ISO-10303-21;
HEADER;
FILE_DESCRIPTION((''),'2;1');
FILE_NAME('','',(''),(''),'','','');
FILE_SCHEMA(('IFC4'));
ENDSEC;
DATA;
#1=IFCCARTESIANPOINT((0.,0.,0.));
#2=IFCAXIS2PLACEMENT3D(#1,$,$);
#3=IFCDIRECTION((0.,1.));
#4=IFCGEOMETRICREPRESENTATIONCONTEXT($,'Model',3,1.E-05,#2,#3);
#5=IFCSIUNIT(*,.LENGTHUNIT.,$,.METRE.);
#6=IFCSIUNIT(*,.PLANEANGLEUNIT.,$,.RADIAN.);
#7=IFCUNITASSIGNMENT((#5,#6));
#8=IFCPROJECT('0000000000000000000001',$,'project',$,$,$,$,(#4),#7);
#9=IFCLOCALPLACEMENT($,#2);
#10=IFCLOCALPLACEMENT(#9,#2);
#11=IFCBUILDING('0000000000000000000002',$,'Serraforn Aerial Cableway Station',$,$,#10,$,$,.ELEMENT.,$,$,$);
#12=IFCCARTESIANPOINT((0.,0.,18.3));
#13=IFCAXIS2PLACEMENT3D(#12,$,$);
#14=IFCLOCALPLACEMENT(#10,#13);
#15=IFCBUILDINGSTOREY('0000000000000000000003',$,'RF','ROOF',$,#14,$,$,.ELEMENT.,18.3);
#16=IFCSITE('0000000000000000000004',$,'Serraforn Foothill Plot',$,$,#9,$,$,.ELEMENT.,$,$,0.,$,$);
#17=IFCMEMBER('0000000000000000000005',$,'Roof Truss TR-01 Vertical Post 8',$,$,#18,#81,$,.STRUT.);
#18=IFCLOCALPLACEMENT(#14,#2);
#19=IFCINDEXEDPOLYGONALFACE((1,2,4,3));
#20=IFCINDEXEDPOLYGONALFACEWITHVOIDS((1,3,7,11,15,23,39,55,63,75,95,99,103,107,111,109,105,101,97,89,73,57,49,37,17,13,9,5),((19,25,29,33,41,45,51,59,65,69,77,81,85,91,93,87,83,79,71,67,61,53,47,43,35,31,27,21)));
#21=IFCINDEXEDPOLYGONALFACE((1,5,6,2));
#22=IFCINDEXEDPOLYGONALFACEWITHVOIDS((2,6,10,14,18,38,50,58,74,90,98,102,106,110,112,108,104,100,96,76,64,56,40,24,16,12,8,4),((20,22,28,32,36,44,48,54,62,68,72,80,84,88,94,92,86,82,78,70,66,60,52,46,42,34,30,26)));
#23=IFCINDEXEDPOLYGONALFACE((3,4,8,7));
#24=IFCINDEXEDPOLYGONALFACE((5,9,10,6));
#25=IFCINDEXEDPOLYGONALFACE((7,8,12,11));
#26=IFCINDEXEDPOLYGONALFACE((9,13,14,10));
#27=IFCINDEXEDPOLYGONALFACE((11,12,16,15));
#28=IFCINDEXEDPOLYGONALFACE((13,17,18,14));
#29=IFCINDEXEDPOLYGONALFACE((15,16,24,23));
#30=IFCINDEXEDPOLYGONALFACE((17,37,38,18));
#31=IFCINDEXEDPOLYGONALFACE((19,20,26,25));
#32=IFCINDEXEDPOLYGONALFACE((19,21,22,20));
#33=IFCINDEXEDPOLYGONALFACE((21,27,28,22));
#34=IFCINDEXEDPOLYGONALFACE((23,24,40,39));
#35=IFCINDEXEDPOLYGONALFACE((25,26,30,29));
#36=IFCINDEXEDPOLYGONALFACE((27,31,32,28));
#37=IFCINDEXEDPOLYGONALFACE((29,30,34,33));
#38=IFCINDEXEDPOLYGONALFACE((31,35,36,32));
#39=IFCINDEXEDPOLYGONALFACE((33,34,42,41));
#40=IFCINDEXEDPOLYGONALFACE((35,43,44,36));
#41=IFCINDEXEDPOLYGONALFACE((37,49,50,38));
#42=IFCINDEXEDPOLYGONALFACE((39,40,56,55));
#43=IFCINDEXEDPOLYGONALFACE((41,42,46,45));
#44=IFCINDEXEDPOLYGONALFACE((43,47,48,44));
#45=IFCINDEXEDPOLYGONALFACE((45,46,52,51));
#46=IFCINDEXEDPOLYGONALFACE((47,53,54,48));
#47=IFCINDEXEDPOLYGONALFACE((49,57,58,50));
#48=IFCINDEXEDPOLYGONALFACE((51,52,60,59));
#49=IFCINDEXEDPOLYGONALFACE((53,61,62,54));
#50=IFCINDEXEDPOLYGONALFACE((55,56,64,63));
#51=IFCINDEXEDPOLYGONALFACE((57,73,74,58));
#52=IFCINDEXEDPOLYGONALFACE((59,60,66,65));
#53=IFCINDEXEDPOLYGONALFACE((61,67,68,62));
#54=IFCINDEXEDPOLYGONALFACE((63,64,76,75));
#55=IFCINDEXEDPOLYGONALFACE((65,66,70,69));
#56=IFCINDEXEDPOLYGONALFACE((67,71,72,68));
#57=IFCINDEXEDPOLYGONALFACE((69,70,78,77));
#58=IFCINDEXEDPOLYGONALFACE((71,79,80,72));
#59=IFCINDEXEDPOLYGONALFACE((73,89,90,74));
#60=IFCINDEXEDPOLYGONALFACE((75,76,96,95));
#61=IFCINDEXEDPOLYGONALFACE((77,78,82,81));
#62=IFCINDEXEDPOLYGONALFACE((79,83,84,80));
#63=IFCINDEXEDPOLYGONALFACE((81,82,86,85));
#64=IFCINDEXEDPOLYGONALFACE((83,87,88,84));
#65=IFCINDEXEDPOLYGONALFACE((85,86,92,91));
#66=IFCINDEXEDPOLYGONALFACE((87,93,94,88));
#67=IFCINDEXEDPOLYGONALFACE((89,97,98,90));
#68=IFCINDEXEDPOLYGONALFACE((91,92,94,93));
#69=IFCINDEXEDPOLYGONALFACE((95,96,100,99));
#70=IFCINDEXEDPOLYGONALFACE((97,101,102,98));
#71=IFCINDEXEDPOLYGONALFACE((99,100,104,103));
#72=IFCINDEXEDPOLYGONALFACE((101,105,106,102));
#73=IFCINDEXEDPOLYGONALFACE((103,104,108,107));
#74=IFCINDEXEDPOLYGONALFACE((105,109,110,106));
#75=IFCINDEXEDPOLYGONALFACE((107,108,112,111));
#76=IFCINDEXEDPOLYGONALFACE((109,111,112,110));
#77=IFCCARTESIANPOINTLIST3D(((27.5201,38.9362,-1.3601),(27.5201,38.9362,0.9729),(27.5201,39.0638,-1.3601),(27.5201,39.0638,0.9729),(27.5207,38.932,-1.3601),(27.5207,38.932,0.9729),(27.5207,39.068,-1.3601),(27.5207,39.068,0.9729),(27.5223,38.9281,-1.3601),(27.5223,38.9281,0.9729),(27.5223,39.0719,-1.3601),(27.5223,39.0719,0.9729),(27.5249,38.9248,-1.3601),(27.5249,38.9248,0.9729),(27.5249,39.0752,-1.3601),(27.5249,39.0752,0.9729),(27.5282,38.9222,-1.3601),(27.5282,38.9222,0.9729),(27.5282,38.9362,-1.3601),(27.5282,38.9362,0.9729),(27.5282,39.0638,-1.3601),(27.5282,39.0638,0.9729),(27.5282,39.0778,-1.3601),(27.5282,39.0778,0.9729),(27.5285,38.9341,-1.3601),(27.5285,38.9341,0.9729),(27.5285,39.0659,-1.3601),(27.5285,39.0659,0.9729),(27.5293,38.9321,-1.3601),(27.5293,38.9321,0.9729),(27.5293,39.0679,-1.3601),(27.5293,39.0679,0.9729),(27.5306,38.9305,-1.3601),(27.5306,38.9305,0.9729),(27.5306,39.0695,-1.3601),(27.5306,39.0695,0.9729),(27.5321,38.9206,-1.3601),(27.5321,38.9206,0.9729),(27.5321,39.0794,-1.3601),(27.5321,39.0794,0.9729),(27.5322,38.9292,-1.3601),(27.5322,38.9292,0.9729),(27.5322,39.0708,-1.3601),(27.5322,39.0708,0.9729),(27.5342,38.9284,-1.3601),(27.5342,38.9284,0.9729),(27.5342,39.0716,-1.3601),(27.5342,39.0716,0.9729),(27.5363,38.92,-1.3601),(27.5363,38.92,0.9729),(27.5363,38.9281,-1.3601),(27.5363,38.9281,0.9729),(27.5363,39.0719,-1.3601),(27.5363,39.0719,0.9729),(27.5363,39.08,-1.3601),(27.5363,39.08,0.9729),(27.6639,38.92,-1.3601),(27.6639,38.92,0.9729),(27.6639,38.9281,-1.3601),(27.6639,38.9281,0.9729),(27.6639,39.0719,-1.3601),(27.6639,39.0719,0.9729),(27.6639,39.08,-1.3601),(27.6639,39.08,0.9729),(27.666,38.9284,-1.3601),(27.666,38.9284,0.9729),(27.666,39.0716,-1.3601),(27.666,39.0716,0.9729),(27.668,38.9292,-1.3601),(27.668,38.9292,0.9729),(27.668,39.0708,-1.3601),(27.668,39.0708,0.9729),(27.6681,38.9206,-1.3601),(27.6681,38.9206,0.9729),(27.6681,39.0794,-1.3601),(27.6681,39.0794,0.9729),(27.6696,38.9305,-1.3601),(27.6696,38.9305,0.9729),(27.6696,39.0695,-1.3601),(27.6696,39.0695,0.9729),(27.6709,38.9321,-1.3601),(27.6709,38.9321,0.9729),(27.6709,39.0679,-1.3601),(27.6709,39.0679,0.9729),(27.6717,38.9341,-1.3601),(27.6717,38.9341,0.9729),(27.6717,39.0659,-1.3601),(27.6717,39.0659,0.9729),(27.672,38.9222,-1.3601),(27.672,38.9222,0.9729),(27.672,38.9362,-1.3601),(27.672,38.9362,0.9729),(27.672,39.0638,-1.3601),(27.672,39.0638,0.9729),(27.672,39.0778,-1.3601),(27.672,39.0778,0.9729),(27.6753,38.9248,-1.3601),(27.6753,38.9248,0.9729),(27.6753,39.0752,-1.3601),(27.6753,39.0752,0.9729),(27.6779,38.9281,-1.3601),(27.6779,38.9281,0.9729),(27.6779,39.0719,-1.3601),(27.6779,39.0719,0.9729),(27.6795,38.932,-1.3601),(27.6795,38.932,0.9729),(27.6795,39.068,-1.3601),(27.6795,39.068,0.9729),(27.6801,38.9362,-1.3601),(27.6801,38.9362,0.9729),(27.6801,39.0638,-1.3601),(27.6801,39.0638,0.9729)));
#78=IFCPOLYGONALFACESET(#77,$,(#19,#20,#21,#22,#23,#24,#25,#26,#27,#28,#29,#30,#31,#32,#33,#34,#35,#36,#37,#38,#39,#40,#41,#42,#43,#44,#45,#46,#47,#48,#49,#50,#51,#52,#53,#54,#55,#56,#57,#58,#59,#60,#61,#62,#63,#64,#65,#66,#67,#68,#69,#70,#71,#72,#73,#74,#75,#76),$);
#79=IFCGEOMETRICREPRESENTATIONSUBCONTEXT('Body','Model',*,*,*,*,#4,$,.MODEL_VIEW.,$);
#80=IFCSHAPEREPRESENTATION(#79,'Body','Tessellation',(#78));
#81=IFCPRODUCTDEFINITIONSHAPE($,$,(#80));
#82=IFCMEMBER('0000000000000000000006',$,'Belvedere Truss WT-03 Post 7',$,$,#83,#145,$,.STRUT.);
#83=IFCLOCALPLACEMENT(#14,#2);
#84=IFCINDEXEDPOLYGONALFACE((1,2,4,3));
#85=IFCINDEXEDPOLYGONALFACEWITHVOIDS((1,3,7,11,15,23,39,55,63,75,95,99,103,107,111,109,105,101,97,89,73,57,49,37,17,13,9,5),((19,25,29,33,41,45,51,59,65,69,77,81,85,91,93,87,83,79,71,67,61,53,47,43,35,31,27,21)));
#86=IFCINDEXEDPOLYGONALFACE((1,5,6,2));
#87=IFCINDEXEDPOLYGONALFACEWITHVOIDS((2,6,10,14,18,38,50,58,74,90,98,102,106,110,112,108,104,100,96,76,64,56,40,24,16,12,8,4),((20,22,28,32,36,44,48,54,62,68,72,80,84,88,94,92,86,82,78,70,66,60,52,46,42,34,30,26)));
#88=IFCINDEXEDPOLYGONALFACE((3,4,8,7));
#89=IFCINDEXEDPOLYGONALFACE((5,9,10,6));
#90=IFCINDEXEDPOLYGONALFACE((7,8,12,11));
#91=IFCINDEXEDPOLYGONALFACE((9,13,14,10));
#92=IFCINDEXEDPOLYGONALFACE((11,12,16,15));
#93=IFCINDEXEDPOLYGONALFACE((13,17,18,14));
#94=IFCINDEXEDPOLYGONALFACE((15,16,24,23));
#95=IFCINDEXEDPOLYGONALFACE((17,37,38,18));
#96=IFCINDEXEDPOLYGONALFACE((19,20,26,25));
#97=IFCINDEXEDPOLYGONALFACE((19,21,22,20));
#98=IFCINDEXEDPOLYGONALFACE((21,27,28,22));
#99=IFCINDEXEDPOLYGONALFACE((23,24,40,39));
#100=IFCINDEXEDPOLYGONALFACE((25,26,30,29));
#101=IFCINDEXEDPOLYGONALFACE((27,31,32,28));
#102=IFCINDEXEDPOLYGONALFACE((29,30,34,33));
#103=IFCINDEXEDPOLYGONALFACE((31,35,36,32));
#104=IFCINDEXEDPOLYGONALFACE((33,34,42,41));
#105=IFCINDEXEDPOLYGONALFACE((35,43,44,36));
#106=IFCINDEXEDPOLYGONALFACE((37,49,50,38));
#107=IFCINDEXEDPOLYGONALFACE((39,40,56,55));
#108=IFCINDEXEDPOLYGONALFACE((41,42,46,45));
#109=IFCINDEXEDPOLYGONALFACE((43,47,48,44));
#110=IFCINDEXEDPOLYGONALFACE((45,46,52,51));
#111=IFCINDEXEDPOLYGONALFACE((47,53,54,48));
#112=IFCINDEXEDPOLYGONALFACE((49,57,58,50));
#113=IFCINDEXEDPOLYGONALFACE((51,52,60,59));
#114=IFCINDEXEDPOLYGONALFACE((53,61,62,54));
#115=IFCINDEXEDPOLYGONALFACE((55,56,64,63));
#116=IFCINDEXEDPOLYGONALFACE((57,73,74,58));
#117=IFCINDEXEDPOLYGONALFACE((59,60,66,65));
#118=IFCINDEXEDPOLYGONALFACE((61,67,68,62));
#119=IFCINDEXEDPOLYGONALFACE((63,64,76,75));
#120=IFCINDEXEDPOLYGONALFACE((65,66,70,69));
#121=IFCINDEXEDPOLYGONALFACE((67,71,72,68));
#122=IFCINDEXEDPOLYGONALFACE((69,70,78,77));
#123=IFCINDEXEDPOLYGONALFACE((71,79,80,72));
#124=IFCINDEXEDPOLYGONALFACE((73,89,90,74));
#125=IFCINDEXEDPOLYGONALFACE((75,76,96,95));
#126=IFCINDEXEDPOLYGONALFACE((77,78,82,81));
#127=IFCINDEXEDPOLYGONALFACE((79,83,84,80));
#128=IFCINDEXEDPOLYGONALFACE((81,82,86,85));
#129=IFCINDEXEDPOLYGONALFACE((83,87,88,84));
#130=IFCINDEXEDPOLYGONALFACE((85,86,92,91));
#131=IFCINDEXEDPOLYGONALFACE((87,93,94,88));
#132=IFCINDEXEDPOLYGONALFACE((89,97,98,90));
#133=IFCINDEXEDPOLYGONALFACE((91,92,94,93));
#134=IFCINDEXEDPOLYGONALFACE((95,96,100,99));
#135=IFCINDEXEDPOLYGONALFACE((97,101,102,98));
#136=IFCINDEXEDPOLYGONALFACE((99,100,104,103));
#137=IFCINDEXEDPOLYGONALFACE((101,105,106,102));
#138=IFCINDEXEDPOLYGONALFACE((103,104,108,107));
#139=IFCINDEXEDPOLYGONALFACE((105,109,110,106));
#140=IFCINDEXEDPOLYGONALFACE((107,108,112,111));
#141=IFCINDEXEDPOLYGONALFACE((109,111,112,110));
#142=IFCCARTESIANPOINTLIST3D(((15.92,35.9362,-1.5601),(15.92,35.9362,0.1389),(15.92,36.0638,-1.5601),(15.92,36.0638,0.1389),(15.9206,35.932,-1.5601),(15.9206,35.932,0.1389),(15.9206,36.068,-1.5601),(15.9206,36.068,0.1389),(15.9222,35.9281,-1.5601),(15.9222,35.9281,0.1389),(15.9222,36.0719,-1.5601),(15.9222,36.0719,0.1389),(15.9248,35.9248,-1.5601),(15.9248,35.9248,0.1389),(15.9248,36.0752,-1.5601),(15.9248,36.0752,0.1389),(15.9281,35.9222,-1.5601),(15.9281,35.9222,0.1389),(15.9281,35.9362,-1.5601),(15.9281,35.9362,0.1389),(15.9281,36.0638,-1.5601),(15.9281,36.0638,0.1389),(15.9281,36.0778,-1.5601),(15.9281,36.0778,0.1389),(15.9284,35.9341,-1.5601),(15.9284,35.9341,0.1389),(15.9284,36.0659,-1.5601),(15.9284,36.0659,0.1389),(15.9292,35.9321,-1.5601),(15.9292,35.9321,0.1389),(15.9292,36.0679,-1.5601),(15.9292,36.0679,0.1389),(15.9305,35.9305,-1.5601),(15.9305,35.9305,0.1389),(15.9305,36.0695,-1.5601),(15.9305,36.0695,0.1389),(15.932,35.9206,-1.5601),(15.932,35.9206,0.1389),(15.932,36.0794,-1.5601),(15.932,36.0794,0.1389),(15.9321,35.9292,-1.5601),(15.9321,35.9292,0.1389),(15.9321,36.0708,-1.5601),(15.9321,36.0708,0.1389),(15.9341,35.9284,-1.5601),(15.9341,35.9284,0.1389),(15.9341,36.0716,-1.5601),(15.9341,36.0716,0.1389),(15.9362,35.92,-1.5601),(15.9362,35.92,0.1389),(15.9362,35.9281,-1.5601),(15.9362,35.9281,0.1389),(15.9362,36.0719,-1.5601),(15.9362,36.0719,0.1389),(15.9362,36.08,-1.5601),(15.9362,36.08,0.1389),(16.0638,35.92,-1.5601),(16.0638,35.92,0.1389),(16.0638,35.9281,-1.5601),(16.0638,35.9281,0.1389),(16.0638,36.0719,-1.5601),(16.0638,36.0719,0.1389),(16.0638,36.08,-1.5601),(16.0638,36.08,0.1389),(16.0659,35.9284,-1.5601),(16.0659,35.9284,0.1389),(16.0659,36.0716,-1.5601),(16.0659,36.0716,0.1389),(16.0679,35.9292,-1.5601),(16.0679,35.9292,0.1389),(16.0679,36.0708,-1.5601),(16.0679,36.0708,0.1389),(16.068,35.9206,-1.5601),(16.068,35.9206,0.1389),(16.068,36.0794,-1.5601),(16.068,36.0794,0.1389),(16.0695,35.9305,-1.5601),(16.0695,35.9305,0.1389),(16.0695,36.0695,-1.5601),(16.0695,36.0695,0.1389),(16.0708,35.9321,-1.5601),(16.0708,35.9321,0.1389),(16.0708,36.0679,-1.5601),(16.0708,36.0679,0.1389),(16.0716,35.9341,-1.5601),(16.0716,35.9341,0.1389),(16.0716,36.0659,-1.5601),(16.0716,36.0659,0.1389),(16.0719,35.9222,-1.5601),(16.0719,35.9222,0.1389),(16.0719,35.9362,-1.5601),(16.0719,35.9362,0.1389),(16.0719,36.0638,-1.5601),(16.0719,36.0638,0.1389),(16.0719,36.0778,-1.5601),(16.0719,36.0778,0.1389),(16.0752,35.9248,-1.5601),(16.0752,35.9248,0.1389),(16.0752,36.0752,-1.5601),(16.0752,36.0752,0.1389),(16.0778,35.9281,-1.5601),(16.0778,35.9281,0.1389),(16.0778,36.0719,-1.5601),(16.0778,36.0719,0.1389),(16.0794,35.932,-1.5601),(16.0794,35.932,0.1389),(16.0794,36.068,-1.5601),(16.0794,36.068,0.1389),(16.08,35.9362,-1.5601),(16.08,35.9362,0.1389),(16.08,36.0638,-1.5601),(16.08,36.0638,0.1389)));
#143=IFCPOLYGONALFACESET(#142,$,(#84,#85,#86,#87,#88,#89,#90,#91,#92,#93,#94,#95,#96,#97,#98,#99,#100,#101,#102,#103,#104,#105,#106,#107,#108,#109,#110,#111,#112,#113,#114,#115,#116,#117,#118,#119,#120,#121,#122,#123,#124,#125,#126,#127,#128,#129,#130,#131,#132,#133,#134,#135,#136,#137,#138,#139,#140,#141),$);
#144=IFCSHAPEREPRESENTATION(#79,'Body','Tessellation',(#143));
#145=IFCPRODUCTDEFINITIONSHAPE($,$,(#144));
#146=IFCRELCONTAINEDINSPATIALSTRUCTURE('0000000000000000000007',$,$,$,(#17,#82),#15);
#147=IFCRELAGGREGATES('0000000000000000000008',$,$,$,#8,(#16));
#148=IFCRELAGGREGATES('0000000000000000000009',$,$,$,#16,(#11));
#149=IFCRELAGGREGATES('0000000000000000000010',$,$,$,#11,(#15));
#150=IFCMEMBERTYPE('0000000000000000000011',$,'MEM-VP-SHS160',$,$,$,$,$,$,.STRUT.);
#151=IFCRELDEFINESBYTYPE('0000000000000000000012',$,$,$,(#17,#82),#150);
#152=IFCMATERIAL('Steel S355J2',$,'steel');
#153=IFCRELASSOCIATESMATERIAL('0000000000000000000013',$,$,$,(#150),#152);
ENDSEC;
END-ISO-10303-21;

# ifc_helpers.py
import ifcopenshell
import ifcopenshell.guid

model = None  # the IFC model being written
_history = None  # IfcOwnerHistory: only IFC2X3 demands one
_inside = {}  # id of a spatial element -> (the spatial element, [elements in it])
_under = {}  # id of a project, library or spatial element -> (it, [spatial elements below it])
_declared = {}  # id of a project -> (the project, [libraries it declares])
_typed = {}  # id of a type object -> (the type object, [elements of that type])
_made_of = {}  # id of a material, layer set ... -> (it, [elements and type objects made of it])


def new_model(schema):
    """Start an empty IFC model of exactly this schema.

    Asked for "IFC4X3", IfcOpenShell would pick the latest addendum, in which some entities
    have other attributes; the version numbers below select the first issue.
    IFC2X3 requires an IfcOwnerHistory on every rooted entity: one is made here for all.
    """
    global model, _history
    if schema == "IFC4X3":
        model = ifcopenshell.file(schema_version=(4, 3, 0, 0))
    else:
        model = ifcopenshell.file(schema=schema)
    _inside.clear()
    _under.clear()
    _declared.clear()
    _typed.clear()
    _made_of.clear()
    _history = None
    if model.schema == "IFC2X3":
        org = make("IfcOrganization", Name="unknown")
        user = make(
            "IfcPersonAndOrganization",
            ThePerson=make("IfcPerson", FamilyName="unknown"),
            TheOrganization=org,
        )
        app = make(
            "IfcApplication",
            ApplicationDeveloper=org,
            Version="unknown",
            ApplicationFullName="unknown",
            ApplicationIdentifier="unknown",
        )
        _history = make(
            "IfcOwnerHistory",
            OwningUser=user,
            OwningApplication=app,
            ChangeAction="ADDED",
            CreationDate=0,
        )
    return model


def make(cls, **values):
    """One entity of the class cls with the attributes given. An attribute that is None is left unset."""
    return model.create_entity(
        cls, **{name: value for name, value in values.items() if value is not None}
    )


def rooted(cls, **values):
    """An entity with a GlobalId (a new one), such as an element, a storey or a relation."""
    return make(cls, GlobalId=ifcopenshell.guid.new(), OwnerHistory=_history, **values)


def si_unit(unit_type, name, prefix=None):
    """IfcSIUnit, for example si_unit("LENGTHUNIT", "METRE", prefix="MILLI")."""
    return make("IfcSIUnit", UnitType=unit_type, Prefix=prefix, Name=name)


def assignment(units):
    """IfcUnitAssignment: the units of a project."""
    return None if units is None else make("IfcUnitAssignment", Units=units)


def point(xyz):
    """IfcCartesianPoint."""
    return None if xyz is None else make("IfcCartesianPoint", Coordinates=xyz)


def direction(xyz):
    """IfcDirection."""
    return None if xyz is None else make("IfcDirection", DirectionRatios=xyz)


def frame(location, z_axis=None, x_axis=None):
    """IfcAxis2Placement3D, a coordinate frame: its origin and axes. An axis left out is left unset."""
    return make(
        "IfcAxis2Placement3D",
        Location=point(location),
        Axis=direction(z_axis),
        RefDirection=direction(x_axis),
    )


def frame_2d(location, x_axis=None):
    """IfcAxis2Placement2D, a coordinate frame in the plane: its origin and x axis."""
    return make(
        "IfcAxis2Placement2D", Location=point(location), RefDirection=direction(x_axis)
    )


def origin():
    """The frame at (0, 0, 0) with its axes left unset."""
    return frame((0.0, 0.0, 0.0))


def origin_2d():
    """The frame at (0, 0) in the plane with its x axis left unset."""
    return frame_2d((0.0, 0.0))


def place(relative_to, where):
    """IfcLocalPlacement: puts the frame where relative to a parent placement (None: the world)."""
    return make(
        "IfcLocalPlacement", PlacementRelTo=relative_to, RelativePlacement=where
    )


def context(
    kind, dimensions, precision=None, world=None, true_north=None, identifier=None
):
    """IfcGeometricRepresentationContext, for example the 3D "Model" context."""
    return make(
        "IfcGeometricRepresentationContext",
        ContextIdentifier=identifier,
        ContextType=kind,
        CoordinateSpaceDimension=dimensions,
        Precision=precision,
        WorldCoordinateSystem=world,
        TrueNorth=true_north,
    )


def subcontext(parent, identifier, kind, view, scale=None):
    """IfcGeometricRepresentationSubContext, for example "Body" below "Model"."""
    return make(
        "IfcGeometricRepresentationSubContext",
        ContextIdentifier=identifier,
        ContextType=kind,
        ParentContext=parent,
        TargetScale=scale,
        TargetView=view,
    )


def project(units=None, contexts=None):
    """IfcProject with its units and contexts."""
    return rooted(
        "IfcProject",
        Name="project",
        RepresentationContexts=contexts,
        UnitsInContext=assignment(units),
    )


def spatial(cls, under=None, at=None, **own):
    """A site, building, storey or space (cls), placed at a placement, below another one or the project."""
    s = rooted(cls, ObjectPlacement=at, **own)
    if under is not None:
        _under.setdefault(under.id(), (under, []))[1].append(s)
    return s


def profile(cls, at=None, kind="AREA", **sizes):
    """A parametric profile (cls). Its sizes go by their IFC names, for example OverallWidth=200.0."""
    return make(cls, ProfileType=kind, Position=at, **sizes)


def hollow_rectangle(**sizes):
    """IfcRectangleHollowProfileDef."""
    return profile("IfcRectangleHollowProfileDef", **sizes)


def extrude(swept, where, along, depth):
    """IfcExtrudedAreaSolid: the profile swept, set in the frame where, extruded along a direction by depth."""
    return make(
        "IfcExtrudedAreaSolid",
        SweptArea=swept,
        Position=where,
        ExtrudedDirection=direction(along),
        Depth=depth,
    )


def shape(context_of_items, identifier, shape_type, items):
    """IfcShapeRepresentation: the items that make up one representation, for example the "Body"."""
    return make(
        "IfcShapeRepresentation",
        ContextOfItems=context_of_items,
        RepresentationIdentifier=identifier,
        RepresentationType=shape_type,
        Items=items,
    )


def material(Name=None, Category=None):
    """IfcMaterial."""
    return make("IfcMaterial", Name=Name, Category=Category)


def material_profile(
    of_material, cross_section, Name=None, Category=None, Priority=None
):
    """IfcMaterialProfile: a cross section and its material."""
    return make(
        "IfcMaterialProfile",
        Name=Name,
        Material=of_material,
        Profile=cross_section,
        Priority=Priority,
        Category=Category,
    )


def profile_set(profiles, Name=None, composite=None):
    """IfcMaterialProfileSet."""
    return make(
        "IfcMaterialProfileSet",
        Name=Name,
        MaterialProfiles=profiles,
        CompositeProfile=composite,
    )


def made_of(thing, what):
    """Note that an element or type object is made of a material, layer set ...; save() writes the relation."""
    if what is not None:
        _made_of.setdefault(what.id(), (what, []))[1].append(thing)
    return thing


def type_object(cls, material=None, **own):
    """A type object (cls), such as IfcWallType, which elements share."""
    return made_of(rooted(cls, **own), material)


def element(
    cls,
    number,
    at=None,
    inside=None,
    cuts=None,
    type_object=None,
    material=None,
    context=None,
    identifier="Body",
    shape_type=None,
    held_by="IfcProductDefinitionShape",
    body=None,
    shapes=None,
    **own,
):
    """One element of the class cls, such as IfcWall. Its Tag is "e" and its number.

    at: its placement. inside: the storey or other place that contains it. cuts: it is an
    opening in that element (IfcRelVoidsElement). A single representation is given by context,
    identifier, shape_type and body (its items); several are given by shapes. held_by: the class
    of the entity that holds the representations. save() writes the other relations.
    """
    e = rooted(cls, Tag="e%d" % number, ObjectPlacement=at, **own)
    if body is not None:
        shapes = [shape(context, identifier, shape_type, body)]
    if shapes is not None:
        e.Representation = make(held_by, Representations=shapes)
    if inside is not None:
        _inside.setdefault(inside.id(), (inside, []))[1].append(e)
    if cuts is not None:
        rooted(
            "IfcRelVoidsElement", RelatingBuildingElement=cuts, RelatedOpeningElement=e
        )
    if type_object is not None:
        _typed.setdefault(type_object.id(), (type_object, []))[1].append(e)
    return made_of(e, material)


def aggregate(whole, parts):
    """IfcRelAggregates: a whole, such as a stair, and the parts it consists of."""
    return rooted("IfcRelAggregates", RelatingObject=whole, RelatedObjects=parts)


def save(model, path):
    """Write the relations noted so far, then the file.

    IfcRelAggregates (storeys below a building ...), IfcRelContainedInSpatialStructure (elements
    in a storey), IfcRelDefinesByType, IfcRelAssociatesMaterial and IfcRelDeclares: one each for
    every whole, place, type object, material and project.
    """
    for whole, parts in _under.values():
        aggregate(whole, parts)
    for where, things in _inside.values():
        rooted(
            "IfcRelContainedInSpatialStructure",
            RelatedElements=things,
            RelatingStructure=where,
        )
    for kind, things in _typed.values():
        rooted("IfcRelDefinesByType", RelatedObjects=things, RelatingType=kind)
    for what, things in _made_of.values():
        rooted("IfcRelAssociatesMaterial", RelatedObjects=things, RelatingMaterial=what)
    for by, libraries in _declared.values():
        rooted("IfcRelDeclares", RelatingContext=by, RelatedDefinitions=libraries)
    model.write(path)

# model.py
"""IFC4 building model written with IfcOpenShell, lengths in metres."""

from ifc_helpers import new_model, si_unit, direction, frame, origin, origin_2d, place, context, subcontext, project, spatial, hollow_rectangle, extrude, material, material_profile, profile_set, type_object, element, save


model = new_model("IFC4")

# Units and contexts
model_context = context("Model", 3, precision=1e-05, world=origin(), true_north=direction((0.0, 1.0)))
body_context = subcontext(model_context, "Body", "Model", "MODEL_VIEW")
ifc_project = project(units=[si_unit("LENGTHUNIT", "METRE"), si_unit("PLANEANGLEUNIT", "RADIAN")], contexts=[model_context])

# Site, building, storey
site_placement = place(None, origin())
site = spatial("IfcSite", under=ifc_project, at=site_placement, Name="Serraforn Foothill Plot", CompositionType="ELEMENT", RefElevation=0.0)
building_placement = place(site_placement, origin())
building = spatial("IfcBuilding", under=site, at=building_placement, Name="Serraforn Aerial Cableway Station", CompositionType="ELEMENT")
storey_placement = place(building_placement, frame((0.0, 0.0, 18.3)))
storey = spatial("IfcBuildingStorey", under=building, at=storey_placement, Name="RF", Description="ROOF", CompositionType="ELEMENT", Elevation=18.3)

# Shared definitions
ifc_material_1 = material(Name="Steel S355J2", Category="steel")

# Members
ifc_material_profile_1 = material_profile(ifc_material_1, hollow_rectangle(XDim=0.1599, YDim=0.1599, WallThickness=0.0081, InnerFilletRadius=0.0081, OuterFilletRadius=0.0161, at=origin_2d()), Name="SHS 160x160x8.0")
ifc_profile_set_1 = profile_set([ifc_material_profile_1], Name="Steel S355J2")
member_type_1 = type_object("IfcMemberType", Name="MEM-VP-SHS160", PredefinedType="STRUT", material=ifc_profile_set_1)
member_1_placement = place(storey_placement, frame((27.6001, 39.0, -1.3601), z_axis=(0.0, 0.0, 1.0), x_axis=(1.0, 0.0, 0.0)))
element("IfcMember", 1, at=member_1_placement, inside=storey, type_object=member_type_1, Name="Roof Truss TR-01 Vertical Post 8", PredefinedType="STRUT", context=body_context, shape_type="SweptSolid", body=[
    extrude(hollow_rectangle(XDim=0.1599, YDim=0.1599, WallThickness=0.0081, InnerFilletRadius=0.0081, OuterFilletRadius=0.0161, at=origin_2d()), origin(), (0.0, 0.0, 1.0), 2.333),
])
for number, where, z_axis, x_axis, name in (
    (2, (16.0, 36.0, -1.5601), (0.0, 0.0, 1.0), (1.0, 0.0, 0.0), "Belvedere Truss WT-03 Post 7"),
):
    element("IfcMember", number, at=place(storey_placement, frame(where, z_axis=z_axis, x_axis=x_axis)), inside=storey, type_object=member_type_1, Name=name, PredefinedType="STRUT", context=body_context, shape_type="SweptSolid", body=[
        extrude(hollow_rectangle(XDim=0.1599, YDim=0.1599, WallThickness=0.0081, InnerFilletRadius=0.0081, OuterFilletRadius=0.0161, at=origin_2d()), origin(), (0.0, 0.0, 1.0), 1.699),
    ])

save(model, "model.ifc")
